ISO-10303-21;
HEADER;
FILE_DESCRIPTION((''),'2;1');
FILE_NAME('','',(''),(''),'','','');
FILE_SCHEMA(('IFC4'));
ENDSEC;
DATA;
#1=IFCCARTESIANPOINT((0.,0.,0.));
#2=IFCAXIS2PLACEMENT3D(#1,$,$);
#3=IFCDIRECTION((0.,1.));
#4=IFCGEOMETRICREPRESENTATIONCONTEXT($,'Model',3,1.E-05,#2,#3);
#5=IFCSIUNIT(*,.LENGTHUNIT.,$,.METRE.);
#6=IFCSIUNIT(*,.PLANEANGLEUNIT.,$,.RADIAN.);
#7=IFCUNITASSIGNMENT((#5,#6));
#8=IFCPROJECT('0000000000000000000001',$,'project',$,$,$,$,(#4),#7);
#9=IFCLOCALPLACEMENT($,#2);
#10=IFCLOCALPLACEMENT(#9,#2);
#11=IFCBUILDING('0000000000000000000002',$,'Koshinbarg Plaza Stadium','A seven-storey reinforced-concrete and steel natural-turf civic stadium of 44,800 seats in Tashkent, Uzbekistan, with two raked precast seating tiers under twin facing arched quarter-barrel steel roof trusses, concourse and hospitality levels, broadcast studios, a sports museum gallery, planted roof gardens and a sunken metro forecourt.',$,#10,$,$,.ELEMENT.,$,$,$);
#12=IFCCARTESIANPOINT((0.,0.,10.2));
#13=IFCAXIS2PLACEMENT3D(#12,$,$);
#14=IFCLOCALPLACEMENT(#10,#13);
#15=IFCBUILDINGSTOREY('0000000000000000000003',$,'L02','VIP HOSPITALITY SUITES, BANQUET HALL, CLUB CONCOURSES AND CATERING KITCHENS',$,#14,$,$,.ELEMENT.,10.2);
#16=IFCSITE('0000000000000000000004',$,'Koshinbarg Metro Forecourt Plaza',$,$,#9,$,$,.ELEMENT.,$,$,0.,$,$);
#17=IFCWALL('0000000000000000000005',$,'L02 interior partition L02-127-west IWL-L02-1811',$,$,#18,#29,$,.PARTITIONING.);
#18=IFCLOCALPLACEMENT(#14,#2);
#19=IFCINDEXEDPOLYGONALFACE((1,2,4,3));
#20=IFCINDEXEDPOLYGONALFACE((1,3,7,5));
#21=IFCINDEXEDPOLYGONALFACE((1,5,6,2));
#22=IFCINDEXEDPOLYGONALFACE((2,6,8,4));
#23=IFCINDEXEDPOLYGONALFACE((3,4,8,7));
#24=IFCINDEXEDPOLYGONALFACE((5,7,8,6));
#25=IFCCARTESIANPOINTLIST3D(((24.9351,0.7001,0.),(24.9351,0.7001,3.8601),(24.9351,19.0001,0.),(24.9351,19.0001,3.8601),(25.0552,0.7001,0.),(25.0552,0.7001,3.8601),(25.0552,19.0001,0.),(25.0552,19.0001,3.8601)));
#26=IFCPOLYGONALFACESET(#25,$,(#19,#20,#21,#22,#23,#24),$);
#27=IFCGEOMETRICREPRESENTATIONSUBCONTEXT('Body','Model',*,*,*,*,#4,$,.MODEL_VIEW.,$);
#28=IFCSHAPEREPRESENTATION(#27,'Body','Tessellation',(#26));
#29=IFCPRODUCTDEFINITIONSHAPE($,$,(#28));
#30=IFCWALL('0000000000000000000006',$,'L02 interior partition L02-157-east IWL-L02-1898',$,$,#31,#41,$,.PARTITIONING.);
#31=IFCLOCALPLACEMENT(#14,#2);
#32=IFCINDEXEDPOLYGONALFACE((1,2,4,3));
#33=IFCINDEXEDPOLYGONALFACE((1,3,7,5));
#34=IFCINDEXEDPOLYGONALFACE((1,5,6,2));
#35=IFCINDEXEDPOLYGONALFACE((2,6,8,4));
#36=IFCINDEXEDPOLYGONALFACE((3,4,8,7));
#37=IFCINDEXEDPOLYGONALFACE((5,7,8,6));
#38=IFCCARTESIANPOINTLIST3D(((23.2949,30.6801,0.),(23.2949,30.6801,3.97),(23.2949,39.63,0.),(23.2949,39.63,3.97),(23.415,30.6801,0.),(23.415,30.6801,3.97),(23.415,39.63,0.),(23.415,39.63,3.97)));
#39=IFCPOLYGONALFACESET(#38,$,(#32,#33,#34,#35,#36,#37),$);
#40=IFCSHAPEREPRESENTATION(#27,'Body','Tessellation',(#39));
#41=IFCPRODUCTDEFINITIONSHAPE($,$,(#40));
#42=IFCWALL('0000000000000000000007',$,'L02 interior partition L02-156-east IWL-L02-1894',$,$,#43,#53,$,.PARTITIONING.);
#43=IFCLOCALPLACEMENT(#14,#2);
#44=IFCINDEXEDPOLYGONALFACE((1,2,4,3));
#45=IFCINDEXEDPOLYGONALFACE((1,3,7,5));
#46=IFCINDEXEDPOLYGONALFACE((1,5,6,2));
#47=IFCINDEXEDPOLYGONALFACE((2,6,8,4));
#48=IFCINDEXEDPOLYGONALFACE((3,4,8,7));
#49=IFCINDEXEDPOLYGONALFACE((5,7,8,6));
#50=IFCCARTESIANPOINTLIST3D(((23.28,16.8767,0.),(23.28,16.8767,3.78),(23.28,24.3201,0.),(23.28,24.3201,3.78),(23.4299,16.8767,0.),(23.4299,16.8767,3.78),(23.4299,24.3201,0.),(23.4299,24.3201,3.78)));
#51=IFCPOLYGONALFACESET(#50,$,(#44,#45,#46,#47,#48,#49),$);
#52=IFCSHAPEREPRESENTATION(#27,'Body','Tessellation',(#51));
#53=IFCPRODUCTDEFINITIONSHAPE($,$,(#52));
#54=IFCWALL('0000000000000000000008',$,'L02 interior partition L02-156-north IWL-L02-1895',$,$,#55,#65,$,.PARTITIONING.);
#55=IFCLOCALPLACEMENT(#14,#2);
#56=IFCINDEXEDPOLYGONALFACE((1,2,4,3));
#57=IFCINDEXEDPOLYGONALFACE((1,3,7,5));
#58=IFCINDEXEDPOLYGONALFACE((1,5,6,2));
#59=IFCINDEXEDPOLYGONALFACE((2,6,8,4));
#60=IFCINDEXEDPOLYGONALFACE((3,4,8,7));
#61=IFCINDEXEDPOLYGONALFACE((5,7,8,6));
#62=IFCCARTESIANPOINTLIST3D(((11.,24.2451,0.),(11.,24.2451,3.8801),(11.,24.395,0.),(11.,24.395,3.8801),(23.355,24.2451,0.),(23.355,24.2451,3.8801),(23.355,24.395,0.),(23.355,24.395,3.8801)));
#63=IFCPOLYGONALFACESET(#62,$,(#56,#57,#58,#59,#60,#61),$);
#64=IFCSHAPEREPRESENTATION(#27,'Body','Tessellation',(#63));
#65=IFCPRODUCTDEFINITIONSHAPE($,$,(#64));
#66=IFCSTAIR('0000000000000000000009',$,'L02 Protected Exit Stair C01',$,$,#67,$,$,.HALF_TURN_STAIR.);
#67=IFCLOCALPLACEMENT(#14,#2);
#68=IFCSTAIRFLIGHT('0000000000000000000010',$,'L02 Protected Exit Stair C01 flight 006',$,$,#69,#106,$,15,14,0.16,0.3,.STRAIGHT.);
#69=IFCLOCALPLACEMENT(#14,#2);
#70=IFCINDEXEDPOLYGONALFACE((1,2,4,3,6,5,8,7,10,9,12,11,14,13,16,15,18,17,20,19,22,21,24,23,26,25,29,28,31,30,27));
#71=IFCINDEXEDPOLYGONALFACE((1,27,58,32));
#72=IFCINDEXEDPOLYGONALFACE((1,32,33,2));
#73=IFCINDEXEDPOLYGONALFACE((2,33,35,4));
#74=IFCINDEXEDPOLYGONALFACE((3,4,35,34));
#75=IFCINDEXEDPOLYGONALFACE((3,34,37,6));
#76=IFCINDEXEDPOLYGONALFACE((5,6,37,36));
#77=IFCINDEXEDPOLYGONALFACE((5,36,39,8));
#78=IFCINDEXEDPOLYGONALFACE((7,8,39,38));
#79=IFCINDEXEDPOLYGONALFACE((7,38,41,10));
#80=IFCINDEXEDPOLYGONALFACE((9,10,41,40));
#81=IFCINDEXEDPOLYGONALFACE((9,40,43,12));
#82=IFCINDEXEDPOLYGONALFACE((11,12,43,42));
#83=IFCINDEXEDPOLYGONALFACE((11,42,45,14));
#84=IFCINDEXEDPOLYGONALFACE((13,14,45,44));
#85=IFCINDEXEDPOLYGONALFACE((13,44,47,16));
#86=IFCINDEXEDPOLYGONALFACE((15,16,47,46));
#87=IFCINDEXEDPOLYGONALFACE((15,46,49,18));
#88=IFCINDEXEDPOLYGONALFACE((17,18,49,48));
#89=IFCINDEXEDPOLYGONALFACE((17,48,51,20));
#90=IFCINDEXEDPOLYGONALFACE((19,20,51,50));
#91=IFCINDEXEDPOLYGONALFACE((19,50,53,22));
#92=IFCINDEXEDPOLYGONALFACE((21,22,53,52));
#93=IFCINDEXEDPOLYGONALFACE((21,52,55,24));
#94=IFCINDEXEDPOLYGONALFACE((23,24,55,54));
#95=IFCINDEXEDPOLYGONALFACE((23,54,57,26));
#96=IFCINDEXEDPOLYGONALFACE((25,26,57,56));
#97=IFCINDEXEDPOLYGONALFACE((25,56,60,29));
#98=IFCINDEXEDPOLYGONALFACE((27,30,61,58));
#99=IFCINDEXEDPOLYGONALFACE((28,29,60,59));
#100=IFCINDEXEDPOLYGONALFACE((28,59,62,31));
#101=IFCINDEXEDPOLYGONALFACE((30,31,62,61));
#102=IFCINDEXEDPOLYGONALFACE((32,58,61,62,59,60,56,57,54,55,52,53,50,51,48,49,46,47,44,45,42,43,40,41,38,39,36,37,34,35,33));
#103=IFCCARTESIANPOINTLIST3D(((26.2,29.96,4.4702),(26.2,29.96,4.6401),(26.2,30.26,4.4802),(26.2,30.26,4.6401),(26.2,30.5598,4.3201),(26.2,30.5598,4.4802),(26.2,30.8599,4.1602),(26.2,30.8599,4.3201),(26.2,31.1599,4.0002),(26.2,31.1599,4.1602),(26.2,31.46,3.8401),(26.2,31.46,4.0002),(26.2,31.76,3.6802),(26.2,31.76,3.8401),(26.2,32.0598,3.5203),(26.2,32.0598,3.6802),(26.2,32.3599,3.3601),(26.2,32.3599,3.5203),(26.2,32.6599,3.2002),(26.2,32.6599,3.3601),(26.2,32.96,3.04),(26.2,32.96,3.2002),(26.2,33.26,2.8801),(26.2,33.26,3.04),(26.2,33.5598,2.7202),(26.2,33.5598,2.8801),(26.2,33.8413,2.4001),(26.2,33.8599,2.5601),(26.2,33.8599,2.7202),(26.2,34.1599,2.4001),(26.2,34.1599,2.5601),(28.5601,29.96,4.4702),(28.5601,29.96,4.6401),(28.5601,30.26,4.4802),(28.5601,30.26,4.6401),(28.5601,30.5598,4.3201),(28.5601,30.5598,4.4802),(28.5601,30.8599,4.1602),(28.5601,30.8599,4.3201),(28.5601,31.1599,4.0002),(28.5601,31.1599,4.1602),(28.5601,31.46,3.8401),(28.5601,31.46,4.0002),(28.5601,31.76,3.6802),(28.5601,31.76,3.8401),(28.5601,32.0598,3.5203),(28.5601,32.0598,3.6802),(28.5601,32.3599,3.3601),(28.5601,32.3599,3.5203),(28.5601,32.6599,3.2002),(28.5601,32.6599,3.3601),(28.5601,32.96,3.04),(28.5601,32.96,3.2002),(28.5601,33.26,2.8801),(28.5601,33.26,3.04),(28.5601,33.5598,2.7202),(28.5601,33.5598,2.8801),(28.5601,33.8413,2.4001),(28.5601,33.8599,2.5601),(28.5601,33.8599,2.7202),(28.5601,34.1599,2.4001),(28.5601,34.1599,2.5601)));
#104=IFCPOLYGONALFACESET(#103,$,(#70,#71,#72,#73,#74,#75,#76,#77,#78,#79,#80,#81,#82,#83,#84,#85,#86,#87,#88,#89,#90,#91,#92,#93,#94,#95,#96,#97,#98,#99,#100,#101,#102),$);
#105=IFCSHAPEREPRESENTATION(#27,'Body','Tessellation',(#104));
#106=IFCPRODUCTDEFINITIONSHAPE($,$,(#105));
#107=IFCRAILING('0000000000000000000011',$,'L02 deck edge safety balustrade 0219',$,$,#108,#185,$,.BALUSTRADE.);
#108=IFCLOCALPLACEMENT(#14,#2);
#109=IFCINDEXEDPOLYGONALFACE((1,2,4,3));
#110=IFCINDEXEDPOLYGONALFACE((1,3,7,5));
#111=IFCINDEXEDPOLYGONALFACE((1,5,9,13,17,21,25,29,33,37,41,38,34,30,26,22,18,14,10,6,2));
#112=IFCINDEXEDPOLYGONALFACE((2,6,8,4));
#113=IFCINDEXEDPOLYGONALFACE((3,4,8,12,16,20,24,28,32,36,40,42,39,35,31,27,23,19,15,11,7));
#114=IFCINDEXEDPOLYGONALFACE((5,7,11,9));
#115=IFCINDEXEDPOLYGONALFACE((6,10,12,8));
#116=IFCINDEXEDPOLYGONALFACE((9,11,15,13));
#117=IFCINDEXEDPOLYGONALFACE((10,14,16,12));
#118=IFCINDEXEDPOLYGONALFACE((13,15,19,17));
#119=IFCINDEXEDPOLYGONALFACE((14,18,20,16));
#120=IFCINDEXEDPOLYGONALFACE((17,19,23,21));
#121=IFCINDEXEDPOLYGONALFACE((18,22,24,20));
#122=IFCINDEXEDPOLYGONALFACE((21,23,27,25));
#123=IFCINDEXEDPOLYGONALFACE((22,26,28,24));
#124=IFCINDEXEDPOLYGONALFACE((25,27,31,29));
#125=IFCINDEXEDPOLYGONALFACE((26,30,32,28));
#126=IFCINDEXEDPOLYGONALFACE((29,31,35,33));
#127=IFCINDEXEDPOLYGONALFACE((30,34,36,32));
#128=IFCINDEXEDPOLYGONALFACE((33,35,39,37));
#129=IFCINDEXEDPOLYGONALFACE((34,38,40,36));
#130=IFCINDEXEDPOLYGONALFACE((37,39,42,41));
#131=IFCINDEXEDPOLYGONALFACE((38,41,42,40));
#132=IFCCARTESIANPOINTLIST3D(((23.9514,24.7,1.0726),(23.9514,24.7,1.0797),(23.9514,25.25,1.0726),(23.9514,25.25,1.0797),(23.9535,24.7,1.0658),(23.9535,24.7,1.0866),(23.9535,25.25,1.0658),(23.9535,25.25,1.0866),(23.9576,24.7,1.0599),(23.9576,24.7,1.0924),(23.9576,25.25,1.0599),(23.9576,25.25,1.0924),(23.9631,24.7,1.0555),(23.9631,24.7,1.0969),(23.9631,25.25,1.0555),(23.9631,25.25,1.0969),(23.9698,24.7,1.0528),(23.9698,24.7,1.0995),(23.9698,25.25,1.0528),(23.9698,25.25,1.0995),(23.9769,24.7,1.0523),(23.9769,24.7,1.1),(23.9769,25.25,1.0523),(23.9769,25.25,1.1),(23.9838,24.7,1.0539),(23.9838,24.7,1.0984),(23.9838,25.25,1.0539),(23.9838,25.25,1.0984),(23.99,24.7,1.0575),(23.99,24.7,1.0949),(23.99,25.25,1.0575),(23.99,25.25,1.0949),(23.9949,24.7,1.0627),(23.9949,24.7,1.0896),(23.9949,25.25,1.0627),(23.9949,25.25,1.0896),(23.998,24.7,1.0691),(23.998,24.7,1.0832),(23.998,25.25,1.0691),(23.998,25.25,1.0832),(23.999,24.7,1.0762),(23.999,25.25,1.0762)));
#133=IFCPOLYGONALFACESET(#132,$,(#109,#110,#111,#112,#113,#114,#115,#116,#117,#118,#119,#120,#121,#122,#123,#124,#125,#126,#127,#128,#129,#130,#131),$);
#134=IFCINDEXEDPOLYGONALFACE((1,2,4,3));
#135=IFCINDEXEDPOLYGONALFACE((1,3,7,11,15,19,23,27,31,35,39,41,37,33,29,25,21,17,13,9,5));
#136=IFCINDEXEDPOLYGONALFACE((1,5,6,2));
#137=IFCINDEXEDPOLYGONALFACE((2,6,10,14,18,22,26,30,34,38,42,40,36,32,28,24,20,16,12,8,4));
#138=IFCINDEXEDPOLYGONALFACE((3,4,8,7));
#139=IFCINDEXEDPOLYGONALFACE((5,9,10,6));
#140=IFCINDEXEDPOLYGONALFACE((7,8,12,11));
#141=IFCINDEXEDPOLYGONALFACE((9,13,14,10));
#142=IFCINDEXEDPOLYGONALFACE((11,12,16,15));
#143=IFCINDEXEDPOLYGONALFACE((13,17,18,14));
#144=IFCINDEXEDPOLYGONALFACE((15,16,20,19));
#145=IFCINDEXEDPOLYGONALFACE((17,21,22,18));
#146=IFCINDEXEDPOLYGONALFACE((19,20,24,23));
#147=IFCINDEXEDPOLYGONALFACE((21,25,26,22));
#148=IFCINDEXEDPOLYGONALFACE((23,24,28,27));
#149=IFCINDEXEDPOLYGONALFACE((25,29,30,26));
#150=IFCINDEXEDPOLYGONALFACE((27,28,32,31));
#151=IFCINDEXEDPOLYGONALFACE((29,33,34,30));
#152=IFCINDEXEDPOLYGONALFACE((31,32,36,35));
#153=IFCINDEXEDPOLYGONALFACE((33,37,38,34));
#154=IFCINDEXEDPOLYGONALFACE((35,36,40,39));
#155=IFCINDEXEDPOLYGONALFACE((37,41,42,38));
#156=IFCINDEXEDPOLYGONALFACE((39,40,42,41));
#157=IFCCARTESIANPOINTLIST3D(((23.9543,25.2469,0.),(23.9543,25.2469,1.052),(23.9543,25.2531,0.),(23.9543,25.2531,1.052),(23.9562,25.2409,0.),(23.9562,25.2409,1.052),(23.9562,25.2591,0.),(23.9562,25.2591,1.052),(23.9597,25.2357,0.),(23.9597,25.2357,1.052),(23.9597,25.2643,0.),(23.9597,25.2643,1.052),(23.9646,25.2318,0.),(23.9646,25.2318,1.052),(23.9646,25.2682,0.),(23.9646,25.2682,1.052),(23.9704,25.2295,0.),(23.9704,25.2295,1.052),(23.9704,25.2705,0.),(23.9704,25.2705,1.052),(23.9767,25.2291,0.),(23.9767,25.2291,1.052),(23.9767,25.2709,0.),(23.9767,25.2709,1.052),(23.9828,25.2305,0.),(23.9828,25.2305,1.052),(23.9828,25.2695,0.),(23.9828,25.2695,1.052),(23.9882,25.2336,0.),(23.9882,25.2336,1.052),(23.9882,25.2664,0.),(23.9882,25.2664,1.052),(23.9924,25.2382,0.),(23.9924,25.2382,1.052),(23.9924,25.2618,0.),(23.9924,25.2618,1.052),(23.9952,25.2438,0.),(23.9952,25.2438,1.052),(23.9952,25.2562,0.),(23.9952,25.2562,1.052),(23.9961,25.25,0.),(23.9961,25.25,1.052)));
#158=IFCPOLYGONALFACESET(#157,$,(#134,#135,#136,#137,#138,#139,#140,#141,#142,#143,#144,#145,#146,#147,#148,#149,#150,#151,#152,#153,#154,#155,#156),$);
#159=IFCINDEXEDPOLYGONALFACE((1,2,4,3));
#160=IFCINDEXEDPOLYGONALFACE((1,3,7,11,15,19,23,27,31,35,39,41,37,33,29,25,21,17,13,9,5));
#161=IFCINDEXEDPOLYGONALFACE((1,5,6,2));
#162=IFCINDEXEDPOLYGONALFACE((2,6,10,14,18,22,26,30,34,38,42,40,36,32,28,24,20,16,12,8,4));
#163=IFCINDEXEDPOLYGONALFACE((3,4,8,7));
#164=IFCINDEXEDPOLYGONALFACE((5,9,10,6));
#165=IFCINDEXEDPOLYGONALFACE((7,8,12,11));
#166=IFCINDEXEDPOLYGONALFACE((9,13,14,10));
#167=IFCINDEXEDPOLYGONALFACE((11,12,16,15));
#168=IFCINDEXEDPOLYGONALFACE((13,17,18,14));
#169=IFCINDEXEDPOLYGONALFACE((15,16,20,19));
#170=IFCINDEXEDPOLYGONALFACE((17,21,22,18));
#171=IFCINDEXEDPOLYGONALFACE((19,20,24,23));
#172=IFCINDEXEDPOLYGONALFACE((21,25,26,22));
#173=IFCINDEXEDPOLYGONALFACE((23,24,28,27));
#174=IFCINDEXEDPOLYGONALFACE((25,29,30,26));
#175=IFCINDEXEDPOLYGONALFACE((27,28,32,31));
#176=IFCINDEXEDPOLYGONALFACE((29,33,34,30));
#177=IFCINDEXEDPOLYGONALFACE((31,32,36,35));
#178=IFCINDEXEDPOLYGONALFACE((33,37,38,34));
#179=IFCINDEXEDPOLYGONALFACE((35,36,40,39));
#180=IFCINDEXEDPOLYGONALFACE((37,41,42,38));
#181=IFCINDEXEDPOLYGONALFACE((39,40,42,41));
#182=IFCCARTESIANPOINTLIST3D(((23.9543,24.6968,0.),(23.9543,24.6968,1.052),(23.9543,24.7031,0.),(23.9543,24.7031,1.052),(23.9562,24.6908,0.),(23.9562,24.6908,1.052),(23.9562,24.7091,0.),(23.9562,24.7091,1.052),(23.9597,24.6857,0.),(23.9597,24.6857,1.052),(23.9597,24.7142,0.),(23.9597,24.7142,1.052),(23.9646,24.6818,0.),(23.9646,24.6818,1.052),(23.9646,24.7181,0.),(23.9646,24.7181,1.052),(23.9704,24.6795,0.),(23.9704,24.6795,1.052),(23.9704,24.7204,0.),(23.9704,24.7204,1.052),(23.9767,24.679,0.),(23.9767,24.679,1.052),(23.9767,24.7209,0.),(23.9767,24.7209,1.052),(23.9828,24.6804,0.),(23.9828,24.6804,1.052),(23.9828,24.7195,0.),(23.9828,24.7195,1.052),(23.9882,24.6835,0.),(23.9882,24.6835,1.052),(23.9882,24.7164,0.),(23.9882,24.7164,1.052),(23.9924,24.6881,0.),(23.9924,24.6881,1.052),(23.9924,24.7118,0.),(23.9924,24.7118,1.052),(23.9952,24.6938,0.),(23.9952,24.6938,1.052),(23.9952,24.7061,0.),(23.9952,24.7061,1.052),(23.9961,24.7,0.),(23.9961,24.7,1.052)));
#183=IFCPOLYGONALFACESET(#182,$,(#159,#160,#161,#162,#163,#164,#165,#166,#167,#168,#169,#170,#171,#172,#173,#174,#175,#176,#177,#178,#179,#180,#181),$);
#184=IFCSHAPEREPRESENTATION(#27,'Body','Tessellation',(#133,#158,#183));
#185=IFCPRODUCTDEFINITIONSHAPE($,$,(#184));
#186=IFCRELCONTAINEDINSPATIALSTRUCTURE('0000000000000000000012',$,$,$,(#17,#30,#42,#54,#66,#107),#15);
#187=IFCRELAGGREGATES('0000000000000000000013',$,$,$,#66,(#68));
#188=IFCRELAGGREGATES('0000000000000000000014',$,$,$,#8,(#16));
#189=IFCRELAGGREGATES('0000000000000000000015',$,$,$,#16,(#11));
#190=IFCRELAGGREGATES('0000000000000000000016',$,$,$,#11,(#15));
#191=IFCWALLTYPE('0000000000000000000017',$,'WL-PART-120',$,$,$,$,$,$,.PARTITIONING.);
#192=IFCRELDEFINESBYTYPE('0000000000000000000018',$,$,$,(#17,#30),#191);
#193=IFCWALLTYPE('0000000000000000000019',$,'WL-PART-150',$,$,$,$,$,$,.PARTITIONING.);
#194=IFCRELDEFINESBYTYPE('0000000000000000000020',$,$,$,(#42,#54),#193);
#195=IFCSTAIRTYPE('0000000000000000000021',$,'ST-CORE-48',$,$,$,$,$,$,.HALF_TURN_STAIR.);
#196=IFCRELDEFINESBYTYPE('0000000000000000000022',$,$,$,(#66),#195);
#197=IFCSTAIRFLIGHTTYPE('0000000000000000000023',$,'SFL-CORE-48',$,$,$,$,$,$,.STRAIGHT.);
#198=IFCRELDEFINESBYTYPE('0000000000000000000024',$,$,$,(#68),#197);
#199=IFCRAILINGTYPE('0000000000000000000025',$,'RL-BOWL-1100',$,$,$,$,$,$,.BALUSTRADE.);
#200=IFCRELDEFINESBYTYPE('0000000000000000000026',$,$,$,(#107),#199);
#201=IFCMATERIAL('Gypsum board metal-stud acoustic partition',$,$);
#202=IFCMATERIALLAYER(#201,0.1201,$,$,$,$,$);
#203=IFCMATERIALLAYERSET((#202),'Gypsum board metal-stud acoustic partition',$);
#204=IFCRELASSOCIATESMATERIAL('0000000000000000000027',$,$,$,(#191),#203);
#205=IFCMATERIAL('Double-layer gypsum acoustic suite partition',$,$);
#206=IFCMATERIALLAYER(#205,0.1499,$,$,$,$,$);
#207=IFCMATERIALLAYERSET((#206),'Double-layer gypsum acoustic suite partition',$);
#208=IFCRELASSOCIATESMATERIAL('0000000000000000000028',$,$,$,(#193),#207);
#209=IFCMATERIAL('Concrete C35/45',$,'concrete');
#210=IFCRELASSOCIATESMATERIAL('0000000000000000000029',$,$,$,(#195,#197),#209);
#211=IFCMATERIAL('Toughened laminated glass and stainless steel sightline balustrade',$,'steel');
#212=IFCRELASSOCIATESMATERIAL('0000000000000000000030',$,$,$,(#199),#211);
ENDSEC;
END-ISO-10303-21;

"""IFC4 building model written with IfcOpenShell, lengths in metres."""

from ifc_helpers import new_model, si_unit, direction, frame, frame_2d, origin, origin_2d, place, context, subcontext, project, spatial, polyline, rectangle, circle, outline, extrude, material, layer, layer_set, type_object, element, aggregate, save


model = new_model("IFC4")

# Units and contexts
model_context = context("Model", 3, precision=1e-05, world=origin(), true_north=direction((0.0, 1.0)))
body_context = subcontext(model_context, "Body", "Model", "MODEL_VIEW")
ifc_project = project(units=[si_unit("LENGTHUNIT", "METRE"), si_unit("PLANEANGLEUNIT", "RADIAN")], contexts=[model_context])

# Site, building, storey
site_placement = place(None, origin())
site = spatial("IfcSite", under=ifc_project, at=site_placement, Name="Koshinbarg Metro Forecourt Plaza", CompositionType="ELEMENT", RefElevation=0.0)
building_placement = place(site_placement, origin())
building = spatial("IfcBuilding", under=site, at=building_placement, Name="Koshinbarg Plaza Stadium", Description="A seven-storey reinforced-concrete and steel natural-turf civic stadium of 44,800 seats in Tashkent, Uzbekistan, with two raked precast seating tiers under twin facing arched quarter-barrel steel roof trusses, concourse and hospitality levels, broadcast studios, a sports museum gallery, planted roof gardens and a sunken metro forecourt.", CompositionType="ELEMENT")
storey_placement = place(building_placement, frame((0.0, 0.0, 10.2)))
storey = spatial("IfcBuildingStorey", under=building, at=storey_placement, Name="L02", Description="VIP HOSPITALITY SUITES, BANQUET HALL, CLUB CONCOURSES AND CATERING KITCHENS", CompositionType="ELEMENT", Elevation=10.2)

# Walls
ifc_material_1 = material(Name="Gypsum board metal-stud acoustic partition")
ifc_layer_1 = layer(ifc_material_1, 0.1201)
ifc_layer_set_1 = layer_set([ifc_layer_1], Name="Gypsum board metal-stud acoustic partition")
wall_type_1 = type_object("IfcWallType", Name="WL-PART-120", PredefinedType="PARTITIONING", material=ifc_layer_set_1)
wall_1_placement = place(storey_placement, frame((24.9951, 19.0, 0.0), z_axis=(0.0, 0.0, 1.0), x_axis=(0.0, -1.0, 0.0)))
element("IfcWall", 1, at=wall_1_placement, inside=storey, type_object=wall_type_1, Name="L02 interior partition L02-127-west IWL-L02-1811", PredefinedType="PARTITIONING", context=body_context, shape_type="SweptSolid", body=[
    extrude(rectangle(XDim=18.3, YDim=0.1201, at=frame_2d((9.1499, 0.0))), origin(), (0.0, 0.0, 1.0), 3.8601),
])
wall_2_placement = place(storey_placement, frame((23.355, 30.6799, 0.0), z_axis=(0.0, 0.0, 1.0), x_axis=(0.0, 1.0, 0.0)))
element("IfcWall", 2, at=wall_2_placement, inside=storey, type_object=wall_type_1, Name="L02 interior partition L02-157-east IWL-L02-1898", PredefinedType="PARTITIONING", context=body_context, shape_type="SweptSolid", body=[
    extrude(rectangle(XDim=8.95, YDim=0.1201, at=frame_2d((4.4751, 0.0))), origin(), (0.0, 0.0, 1.0), 3.97),
])
ifc_material_2 = material(Name="Double-layer gypsum acoustic suite partition")
ifc_layer_2 = layer(ifc_material_2, 0.1499)
ifc_layer_set_2 = layer_set([ifc_layer_2], Name="Double-layer gypsum acoustic suite partition")
wall_type_2 = type_object("IfcWallType", Name="WL-PART-150", PredefinedType="PARTITIONING", material=ifc_layer_set_2)
wall_3_placement = place(storey_placement, frame((23.355, 16.8767, 0.0), z_axis=(0.0, 0.0, 1.0), x_axis=(0.0, 1.0, 0.0)))
element("IfcWall", 3, at=wall_3_placement, inside=storey, type_object=wall_type_2, Name="L02 interior partition L02-156-east IWL-L02-1894", PredefinedType="PARTITIONING", context=body_context, shape_type="SweptSolid", body=[
    extrude(rectangle(XDim=7.4434, YDim=0.1499, at=frame_2d((3.7217, 0.0))), origin(), (0.0, 0.0, 1.0), 3.78),
])
wall_4_placement = place(storey_placement, frame((23.355, 24.3201, 0.0), z_axis=(0.0, 0.0, 1.0), x_axis=(-1.0, 0.0, 0.0)))
element("IfcWall", 4, at=wall_4_placement, inside=storey, type_object=wall_type_2, Name="L02 interior partition L02-156-north IWL-L02-1895", PredefinedType="PARTITIONING", context=body_context, shape_type="SweptSolid", body=[
    extrude(rectangle(XDim=12.355, YDim=0.1499, at=frame_2d((6.1775, 0.0))), origin(), (0.0, 0.0, 1.0), 3.8801),
])

# Stair, stair flight
ifc_material_3 = material(Name="Concrete C35/45", Category="concrete")
stair_type = type_object("IfcStairType", Name="ST-CORE-48", PredefinedType="HALF_TURN_STAIR", material=ifc_material_3)
stair_placement = place(storey_placement, origin())
stair = element("IfcStair", 5, at=stair_placement, inside=storey, type_object=stair_type, Name="L02 Protected Exit Stair C01", PredefinedType="HALF_TURN_STAIR")
stair_flight_type = type_object("IfcStairFlightType", Name="SFL-CORE-48", PredefinedType="STRAIGHT", material=ifc_material_3)
stair_flight_placement = place(storey_placement, frame((27.3799, 34.1599, 2.4001), z_axis=(0.0, 0.0, 1.0), x_axis=(0.0, -1.0, 0.0)))
stair_flight = element("IfcStairFlight", 6, at=stair_flight_placement, type_object=stair_flight_type, Name="L02 Protected Exit Stair C01 flight 006", NumberOfRisers=15, NumberOfTreads=14, PredefinedType="STRAIGHT", RiserHeight=0.16, TreadLength=0.3, context=body_context, shape_type="SweptSolid", body=[
    extrude(outline(polyline([(0.0, 0.0), (0.0, 0.1599), (0.3, 0.1599), (0.3, 0.3201), (0.6001, 0.3201), (0.6001, 0.48), (0.8999, 0.48), (0.8999, 0.6399), (1.2, 0.6399), (1.2, 0.8), (1.5, 0.8), (1.5, 0.96), (1.8, 0.96), (1.8, 1.1201), (2.1001, 1.1201), (2.1001, 1.28), (2.3999, 1.28), (2.3999, 1.4399), (2.7, 1.4399), (2.7, 1.6001), (3.0, 1.6001), (3.0, 1.76), (3.3, 1.76), (3.3, 1.9199), (3.6001, 1.9199), (3.6001, 2.0801), (3.8999, 2.0801), (3.8999, 2.24), (4.2, 2.24), (4.2, 2.3999), (4.2, 2.0701), (0.3186, 0.0), (0.0, 0.0)])), frame((0.0, 1.1802, 0.0), z_axis=(0.0, -1.0, 0.0), x_axis=(1.0, 0.0, 0.0)), (0.0, 0.0, 1.0), 2.3601),
])
aggregate(stair, [stair_flight])

# Railing
ifc_material_4 = material(Name="Toughened laminated glass and stainless steel sightline balustrade", Category="steel")
railing_type_1 = type_object("IfcRailingType", Name="RL-BOWL-1100", PredefinedType="BALUSTRADE", material=ifc_material_4)
railing_1_placement = place(storey_placement, frame((23.9751, 25.25, 0.0)))
element("IfcRailing", 7, at=railing_1_placement, inside=storey, type_object=railing_type_1, Name="L02 deck edge safety balustrade 0219", PredefinedType="BALUSTRADE", context=body_context, shape_type="SweptSolid", body=[
    extrude(circle(Radius=0.0239, at=origin_2d()), frame((0.0, 0.0, 1.0762), z_axis=(0.0, -1.0, 0.0), x_axis=(1.0, 0.0, 0.0)), (0.0, 0.0, 1.0), 0.55),
    extrude(circle(Radius=0.021, at=origin_2d()), origin(), (0.0, 0.0, 1.0), 1.052),
    extrude(circle(Radius=0.021, at=origin_2d()), frame((0.0, -0.55, 0.0)), (0.0, 0.0, 1.0), 1.052),
])

save(model, "model.ifc")
